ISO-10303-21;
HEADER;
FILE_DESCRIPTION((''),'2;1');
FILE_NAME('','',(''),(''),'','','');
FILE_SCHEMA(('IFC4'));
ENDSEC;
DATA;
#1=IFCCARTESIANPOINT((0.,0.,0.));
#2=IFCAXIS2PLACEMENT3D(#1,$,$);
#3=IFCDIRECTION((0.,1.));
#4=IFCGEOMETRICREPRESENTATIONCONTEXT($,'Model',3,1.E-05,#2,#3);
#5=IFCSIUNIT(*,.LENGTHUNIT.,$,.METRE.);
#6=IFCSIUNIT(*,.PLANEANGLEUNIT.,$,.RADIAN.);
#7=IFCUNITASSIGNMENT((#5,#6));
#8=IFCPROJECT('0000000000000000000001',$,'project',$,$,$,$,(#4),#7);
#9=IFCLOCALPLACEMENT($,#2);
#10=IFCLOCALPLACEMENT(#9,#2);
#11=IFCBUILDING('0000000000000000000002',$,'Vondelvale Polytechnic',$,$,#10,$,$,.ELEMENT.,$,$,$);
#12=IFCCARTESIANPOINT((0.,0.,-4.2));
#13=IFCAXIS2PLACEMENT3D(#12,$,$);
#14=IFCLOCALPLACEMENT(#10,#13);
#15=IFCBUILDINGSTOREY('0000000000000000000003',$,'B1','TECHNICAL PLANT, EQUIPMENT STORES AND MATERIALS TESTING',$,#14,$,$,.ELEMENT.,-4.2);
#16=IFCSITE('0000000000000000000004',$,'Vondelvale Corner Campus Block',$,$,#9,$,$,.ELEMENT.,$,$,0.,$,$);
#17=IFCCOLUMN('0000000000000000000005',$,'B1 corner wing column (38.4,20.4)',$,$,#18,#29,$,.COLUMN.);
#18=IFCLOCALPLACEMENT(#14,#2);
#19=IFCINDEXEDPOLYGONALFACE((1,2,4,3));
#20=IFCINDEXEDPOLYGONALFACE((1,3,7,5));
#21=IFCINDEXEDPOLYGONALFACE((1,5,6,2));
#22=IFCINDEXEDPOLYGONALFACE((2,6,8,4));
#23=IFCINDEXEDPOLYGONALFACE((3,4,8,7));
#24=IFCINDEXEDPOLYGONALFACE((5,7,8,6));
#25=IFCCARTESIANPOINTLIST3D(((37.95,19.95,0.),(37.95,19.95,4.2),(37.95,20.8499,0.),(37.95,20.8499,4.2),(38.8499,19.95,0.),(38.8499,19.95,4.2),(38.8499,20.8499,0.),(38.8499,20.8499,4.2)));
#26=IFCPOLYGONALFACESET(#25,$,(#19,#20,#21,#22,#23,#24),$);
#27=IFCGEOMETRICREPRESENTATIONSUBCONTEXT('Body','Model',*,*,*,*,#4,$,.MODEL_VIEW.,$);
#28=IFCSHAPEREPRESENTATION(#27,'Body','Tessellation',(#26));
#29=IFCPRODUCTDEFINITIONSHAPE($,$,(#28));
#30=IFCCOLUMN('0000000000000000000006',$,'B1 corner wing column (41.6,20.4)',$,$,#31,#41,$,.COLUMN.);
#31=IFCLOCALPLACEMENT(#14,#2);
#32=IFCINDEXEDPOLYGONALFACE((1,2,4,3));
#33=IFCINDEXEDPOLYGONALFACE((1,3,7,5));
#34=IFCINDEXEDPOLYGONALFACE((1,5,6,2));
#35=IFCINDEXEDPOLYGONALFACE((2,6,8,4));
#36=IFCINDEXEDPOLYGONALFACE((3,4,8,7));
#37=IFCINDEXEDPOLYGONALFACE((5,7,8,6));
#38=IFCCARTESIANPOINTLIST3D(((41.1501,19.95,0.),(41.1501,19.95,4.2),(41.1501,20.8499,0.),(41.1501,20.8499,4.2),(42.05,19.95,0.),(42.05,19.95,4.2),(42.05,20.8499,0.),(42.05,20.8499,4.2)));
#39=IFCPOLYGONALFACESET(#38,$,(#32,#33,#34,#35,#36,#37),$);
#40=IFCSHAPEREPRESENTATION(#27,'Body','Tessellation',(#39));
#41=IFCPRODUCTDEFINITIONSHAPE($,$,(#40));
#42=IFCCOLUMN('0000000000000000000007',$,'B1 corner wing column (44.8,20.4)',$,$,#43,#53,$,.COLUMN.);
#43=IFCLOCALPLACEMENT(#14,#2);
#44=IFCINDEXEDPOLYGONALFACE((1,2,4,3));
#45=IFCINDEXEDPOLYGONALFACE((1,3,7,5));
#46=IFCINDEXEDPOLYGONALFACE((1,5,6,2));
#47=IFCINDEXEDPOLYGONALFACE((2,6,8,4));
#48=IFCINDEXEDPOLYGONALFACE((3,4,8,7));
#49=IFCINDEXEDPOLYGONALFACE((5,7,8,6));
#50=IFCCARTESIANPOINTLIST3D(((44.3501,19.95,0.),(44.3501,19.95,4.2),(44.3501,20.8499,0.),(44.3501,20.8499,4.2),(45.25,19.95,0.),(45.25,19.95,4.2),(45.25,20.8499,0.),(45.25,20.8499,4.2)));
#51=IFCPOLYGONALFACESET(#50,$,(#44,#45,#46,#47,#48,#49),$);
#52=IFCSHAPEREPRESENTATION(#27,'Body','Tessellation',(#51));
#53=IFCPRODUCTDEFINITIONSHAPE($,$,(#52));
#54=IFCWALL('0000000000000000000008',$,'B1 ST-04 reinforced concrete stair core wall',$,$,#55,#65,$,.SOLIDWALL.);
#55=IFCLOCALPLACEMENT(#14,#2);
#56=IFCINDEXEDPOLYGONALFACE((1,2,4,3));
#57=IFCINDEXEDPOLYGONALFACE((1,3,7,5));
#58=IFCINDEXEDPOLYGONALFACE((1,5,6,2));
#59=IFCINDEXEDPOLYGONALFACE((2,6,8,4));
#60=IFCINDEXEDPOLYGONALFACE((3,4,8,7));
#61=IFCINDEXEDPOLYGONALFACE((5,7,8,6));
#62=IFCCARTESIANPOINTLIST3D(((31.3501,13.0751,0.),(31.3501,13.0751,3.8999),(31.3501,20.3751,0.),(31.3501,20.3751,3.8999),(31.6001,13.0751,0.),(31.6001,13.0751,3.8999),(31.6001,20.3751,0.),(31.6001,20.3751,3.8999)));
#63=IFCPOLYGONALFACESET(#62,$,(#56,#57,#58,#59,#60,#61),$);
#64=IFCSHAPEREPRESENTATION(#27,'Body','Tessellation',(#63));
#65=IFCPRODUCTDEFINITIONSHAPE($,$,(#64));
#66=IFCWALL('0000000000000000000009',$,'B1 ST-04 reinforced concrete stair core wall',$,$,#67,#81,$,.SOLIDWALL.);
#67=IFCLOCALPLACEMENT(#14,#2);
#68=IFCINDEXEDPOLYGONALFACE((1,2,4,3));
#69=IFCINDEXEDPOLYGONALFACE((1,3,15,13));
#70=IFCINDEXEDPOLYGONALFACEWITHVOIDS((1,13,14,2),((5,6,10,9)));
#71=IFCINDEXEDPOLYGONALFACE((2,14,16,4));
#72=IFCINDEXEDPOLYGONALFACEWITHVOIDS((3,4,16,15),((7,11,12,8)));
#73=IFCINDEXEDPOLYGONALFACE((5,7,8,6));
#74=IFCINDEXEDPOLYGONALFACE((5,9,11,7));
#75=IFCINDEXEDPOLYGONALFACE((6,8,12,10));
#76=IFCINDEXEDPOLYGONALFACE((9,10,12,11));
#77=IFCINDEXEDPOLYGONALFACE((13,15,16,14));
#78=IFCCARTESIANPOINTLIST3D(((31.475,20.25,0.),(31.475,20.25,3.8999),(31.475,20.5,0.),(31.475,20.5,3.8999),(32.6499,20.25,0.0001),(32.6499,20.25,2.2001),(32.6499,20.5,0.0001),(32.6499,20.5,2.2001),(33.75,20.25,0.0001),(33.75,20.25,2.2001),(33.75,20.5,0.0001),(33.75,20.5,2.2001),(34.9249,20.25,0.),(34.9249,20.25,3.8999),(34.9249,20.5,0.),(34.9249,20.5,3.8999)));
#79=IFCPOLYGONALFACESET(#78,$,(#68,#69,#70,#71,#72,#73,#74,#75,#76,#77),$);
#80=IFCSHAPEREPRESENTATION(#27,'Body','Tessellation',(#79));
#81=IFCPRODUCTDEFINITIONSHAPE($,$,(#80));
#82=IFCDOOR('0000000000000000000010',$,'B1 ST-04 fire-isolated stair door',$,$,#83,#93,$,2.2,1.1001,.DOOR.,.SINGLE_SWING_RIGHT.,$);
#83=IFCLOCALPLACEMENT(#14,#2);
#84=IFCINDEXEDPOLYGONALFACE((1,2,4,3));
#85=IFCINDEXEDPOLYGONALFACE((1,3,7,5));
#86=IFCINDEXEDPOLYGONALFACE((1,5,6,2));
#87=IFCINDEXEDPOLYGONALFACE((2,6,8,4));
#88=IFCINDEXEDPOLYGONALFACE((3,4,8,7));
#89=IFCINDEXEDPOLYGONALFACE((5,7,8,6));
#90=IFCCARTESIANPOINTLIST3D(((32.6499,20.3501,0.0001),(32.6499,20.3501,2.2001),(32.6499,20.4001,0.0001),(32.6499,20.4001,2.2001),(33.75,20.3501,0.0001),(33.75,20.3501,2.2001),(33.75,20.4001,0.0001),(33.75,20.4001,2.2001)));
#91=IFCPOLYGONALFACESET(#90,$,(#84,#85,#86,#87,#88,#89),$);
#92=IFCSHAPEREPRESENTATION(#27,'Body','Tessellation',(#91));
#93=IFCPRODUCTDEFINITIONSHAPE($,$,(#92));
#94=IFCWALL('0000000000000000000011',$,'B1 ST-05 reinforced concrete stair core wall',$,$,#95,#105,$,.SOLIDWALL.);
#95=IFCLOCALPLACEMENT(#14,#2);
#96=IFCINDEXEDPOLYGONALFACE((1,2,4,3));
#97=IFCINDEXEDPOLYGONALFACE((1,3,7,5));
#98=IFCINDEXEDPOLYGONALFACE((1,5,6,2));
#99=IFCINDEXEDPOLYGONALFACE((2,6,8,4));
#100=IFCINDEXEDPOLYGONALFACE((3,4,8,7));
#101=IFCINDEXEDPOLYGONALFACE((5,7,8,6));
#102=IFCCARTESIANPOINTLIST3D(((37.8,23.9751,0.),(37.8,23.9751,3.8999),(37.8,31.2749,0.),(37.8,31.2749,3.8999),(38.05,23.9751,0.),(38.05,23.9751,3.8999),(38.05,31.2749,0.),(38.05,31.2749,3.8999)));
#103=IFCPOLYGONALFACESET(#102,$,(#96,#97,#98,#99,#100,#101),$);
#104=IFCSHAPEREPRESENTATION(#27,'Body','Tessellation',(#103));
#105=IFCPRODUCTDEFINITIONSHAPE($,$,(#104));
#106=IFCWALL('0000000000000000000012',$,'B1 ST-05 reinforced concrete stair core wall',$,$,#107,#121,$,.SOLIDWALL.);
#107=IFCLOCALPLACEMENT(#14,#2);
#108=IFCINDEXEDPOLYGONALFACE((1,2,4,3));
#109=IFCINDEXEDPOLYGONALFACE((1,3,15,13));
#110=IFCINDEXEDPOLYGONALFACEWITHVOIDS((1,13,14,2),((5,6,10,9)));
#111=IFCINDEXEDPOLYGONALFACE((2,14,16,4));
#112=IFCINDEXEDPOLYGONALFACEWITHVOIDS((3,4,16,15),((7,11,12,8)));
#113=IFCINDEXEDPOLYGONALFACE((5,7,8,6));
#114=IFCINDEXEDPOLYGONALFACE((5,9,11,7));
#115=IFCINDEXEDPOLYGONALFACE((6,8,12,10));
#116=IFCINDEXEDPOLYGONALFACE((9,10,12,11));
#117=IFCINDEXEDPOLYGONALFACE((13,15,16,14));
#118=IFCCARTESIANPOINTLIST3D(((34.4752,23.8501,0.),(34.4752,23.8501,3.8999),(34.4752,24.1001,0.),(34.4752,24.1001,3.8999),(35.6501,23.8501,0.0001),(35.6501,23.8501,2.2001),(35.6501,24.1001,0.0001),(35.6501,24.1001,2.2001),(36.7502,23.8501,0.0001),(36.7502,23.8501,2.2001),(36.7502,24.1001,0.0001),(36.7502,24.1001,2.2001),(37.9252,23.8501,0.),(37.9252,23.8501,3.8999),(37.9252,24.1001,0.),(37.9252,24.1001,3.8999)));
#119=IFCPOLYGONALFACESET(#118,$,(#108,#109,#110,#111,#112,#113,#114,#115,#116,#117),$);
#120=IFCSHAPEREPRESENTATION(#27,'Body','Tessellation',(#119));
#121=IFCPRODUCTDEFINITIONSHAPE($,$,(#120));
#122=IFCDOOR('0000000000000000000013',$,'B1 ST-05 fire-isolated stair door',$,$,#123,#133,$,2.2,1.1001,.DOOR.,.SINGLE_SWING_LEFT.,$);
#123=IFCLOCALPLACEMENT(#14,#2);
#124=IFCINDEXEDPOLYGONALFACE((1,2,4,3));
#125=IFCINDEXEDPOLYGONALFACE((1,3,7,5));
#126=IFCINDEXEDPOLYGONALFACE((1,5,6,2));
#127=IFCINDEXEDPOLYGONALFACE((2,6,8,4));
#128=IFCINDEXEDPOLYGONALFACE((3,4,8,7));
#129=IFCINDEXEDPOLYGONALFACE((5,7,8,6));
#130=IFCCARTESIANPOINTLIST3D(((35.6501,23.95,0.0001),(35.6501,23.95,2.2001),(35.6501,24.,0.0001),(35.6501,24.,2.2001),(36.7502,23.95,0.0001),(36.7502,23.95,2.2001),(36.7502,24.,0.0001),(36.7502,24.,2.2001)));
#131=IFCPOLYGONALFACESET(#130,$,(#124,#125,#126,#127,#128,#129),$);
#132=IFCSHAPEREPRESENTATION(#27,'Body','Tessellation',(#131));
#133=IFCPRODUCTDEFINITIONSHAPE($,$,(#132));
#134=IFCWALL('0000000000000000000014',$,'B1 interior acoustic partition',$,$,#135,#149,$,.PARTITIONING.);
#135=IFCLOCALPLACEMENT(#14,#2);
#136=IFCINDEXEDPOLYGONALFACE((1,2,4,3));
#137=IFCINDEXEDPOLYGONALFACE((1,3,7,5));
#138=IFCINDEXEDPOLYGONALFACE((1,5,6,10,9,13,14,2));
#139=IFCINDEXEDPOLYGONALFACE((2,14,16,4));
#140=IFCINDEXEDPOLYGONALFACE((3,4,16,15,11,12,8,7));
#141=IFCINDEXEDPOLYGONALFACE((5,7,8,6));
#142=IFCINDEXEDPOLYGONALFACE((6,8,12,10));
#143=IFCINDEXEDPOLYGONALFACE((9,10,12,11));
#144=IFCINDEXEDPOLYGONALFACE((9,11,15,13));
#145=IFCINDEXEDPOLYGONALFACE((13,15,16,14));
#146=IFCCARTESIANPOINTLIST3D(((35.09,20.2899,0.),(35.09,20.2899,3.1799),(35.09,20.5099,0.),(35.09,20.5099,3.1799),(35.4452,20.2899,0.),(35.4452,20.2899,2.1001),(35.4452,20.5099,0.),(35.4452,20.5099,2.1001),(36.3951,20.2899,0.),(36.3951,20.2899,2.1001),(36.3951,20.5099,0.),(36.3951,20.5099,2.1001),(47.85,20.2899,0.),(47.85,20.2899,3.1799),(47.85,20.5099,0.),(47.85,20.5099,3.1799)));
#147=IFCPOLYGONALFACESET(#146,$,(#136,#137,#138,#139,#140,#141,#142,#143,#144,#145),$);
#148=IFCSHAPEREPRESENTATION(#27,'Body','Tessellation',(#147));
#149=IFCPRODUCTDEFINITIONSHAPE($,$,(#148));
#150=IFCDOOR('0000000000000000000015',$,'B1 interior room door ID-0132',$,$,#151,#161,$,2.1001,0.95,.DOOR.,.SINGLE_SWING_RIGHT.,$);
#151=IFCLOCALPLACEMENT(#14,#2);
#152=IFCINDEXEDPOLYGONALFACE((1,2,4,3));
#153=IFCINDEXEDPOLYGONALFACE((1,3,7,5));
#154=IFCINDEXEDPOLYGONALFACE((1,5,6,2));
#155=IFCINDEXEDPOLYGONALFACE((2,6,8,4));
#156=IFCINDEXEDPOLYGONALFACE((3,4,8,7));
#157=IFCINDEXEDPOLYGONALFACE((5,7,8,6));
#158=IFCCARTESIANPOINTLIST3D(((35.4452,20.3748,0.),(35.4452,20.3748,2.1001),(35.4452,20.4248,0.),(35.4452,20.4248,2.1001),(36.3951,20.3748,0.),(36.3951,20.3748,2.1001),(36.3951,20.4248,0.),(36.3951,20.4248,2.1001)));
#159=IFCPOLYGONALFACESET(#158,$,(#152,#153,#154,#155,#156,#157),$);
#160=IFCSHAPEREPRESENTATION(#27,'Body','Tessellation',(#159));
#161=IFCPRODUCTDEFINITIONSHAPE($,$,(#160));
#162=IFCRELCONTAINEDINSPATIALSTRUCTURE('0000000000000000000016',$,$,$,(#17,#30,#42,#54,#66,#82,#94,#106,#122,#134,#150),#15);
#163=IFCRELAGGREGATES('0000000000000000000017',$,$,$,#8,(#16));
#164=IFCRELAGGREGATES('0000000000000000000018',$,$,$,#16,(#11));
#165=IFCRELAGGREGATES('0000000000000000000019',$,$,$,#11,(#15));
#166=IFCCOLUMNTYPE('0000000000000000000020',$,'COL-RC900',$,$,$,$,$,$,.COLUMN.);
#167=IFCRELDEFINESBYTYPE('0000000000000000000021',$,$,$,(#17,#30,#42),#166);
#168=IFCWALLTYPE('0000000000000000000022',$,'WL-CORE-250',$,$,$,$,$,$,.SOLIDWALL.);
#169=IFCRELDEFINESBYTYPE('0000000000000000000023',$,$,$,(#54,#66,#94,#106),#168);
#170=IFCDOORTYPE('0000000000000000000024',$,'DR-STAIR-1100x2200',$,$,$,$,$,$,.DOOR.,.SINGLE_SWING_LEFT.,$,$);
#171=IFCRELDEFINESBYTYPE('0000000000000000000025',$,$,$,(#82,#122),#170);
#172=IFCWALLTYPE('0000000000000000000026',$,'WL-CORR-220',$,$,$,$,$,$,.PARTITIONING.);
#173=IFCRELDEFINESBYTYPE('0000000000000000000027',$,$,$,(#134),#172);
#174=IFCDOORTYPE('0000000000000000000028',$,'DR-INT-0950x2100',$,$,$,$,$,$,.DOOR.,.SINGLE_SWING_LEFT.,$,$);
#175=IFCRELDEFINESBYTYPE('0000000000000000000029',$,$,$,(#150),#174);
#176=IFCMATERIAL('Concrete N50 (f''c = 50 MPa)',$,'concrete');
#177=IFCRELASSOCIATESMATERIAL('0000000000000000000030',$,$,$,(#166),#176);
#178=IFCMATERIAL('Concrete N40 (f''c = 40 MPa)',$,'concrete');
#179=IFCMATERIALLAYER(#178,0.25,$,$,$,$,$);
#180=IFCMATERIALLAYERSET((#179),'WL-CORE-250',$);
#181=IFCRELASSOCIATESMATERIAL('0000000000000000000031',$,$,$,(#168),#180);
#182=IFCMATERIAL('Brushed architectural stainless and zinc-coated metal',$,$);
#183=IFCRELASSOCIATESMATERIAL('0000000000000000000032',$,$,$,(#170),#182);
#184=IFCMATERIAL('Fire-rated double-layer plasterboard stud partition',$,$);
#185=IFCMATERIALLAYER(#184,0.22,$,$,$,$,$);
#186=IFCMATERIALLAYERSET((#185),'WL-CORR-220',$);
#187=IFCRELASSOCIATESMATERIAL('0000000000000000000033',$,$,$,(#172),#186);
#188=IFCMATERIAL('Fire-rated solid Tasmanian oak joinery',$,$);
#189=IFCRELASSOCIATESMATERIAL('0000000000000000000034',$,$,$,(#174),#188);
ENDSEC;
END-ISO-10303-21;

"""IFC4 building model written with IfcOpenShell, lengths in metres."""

from ifc_helpers import new_model, si_unit, direction, frame, frame_2d, origin, origin_2d, place, context, subcontext, project, spatial, rectangle, extrude, material, layer, layer_set, material_profile, profile_set, type_object, element, fill, save


model = new_model("IFC4")

# Units and contexts
model_context = context("Model", 3, precision=1e-05, world=origin(), true_north=direction((0.0, 1.0)))
body_context = subcontext(model_context, "Body", "Model", "MODEL_VIEW")
ifc_project = project(units=[si_unit("LENGTHUNIT", "METRE"), si_unit("PLANEANGLEUNIT", "RADIAN")], contexts=[model_context])

# Site, building, storey
site_placement = place(None, origin())
site = spatial("IfcSite", under=ifc_project, at=site_placement, Name="Vondelvale Corner Campus Block", CompositionType="ELEMENT", RefElevation=0.0)
building_placement = place(site_placement, origin())
building = spatial("IfcBuilding", under=site, at=building_placement, Name="Vondelvale Polytechnic", CompositionType="ELEMENT")
storey_placement = place(building_placement, frame((0.0, 0.0, -4.2)))
storey = spatial("IfcBuildingStorey", under=building, at=storey_placement, Name="B1", Description="TECHNICAL PLANT, EQUIPMENT STORES AND MATERIALS TESTING", CompositionType="ELEMENT", Elevation=-4.2)

# Shared definitions
ifc_material_1 = material(Name="Concrete N40 (f'c = 40 MPa)", Category="concrete")

# Columns
ifc_material_2 = material(Name="Concrete N50 (f'c = 50 MPa)", Category="concrete")
ifc_material_profile_1 = material_profile(ifc_material_2, rectangle(XDim=0.8999, YDim=0.8999, at=origin_2d()), Name="RC-COL-900x900")
ifc_profile_set_1 = profile_set([ifc_material_profile_1], Name="Concrete N50 (f'c = 50 MPa)")
column_type = type_object("IfcColumnType", Name="COL-RC900", PredefinedType="COLUMN", material=ifc_profile_set_1)
for number, where, z_axis, x_axis, name in (
    (1, (38.3999, 20.3999, 0.0), (0.0, 0.0, 1.0), (1.0, 0.0, 0.0), "B1 corner wing column (38.4,20.4)"),
    (2, (41.6001, 20.3999, 0.0), (0.0, 0.0, 1.0), (1.0, 0.0, 0.0), "B1 corner wing column (41.6,20.4)"),
    (3, (44.8, 20.3999, 0.0), (0.0, 0.0, 1.0), (1.0, 0.0, 0.0), "B1 corner wing column (44.8,20.4)"),
):
    element("IfcColumn", number, at=place(storey_placement, frame(where, z_axis=z_axis, x_axis=x_axis)), inside=storey, type_object=column_type, Name=name, PredefinedType="COLUMN", context=body_context, shape_type="SweptSolid", body=[
        extrude(rectangle(XDim=0.8999, YDim=0.8999, at=origin_2d()), origin(), (0.0, 0.0, 1.0), 4.2),
    ])

# Wall
ifc_layer_1 = layer(ifc_material_1, 0.25)
ifc_layer_set_1 = layer_set([ifc_layer_1], Name="WL-CORE-250")
wall_type_1 = type_object("IfcWallType", Name="WL-CORE-250", PredefinedType="SOLIDWALL", material=ifc_layer_set_1)
wall_1_placement = place(storey_placement, frame((31.4751, 20.375, 0.0), z_axis=(0.0, 0.0, 1.0), x_axis=(0.0, -1.0, 0.0)))
element("IfcWall", 4, at=wall_1_placement, inside=storey, type_object=wall_type_1, Name="B1 ST-04 reinforced concrete stair core wall", PredefinedType="SOLIDWALL", context=body_context, shape_type="SweptSolid", body=[
    extrude(rectangle(XDim=7.3, YDim=0.25, at=frame_2d((3.6499, 0.0))), origin(), (0.0, 0.0, 1.0), 3.8999),
])

# Wall, opening, door
wall_2_placement = place(storey_placement, frame((34.925, 20.375, 0.0), z_axis=(0.0, 0.0, 1.0), x_axis=(-1.0, 0.0, 0.0)))
wall_2 = element("IfcWall", 5, at=wall_2_placement, inside=storey, type_object=wall_type_1, Name="B1 ST-04 reinforced concrete stair core wall", PredefinedType="SOLIDWALL", context=body_context, shape_type="SweptSolid", body=[
    extrude(rectangle(XDim=3.45, YDim=0.25, at=frame_2d((1.7251, 0.0))), origin(), (0.0, 0.0, 1.0), 3.8999),
])
opening_1_placement = place(wall_2_placement, frame((1.175, 0.0, 0.0)))
opening_1 = element("IfcOpeningElement", 6, at=opening_1_placement, cuts=wall_2, PredefinedType="OPENING", context=body_context, shape_type="SweptSolid", body=[
    extrude(rectangle(XDim=1.1001, YDim=2.2, at=frame_2d((0.55, 1.1001))), frame((0.0, 0.135, 0.0), z_axis=(0.0, -1.0, 0.0), x_axis=(1.0, 0.0, 0.0)), (0.0, 0.0, 1.0), 0.27),
])
ifc_material_3 = material(Name="Brushed architectural stainless and zinc-coated metal")
door_type_1 = type_object("IfcDoorType", Name="DR-STAIR-1100x2200", OperationType="SINGLE_SWING_LEFT", PredefinedType="DOOR", material=ifc_material_3)
door_1_placement = place(opening_1_placement, origin())
door_1 = element("IfcDoor", 7, at=door_1_placement, inside=storey, type_object=door_type_1, Name="B1 ST-04 fire-isolated stair door", OperationType="SINGLE_SWING_RIGHT", OverallHeight=2.2, OverallWidth=1.1001, PredefinedType="DOOR", context=body_context, shape_type="SweptSolid", body=[
    extrude(rectangle(XDim=1.1001, YDim=2.2, at=frame_2d((0.55, 1.1001))), frame((0.0, 0.0249, 0.0), z_axis=(0.0, -1.0, 0.0), x_axis=(1.0, 0.0, 0.0)), (0.0, 0.0, 1.0), 0.05),
])
fill(opening_1, door_1)

# Wall
wall_3_placement = place(storey_placement, frame((37.925, 23.9751, 0.0), z_axis=(0.0, 0.0, 1.0), x_axis=(0.0, 1.0, 0.0)))
element("IfcWall", 8, at=wall_3_placement, inside=storey, type_object=wall_type_1, Name="B1 ST-05 reinforced concrete stair core wall", PredefinedType="SOLIDWALL", context=body_context, shape_type="SweptSolid", body=[
    extrude(rectangle(XDim=7.2998, YDim=0.25, at=frame_2d((3.6499, 0.0))), origin(), (0.0, 0.0, 1.0), 3.8999),
])

# Walls, openings, doors
wall_4_placement = place(storey_placement, frame((34.4751, 23.9751, 0.0), z_axis=(0.0, 0.0, 1.0), x_axis=(1.0, 0.0, 0.0)))
wall_4 = element("IfcWall", 9, at=wall_4_placement, inside=storey, type_object=wall_type_1, Name="B1 ST-05 reinforced concrete stair core wall", PredefinedType="SOLIDWALL", context=body_context, shape_type="SweptSolid", body=[
    extrude(rectangle(XDim=3.45, YDim=0.25, at=frame_2d((1.7251, 0.0))), origin(), (0.0, 0.0, 1.0), 3.8999),
])
opening_2_placement = place(wall_4_placement, frame((1.175, 0.0, 0.0)))
opening_2 = element("IfcOpeningElement", 10, at=opening_2_placement, cuts=wall_4, PredefinedType="OPENING", context=body_context, shape_type="SweptSolid", body=[
    extrude(rectangle(XDim=1.1001, YDim=2.2, at=frame_2d((0.55, 1.1001))), frame((0.0, 0.135, 0.0), z_axis=(0.0, -1.0, 0.0), x_axis=(1.0, 0.0, 0.0)), (0.0, 0.0, 1.0), 0.27),
])
door_2_placement = place(opening_2_placement, origin())
door_2 = element("IfcDoor", 11, at=door_2_placement, inside=storey, type_object=door_type_1, Name="B1 ST-05 fire-isolated stair door", OperationType="SINGLE_SWING_LEFT", OverallHeight=2.2, OverallWidth=1.1001, PredefinedType="DOOR", context=body_context, shape_type="SweptSolid", body=[
    extrude(rectangle(XDim=1.1001, YDim=2.2, at=frame_2d((0.55, 1.1001))), frame((0.0, 0.0249, 0.0), z_axis=(0.0, -1.0, 0.0), x_axis=(1.0, 0.0, 0.0)), (0.0, 0.0, 1.0), 0.05),
])
fill(opening_2, door_2)
ifc_material_4 = material(Name="Fire-rated double-layer plasterboard stud partition")
ifc_layer_2 = layer(ifc_material_4, 0.22)
ifc_layer_set_2 = layer_set([ifc_layer_2], Name="WL-CORR-220")
wall_type_2 = type_object("IfcWallType", Name="WL-CORR-220", PredefinedType="PARTITIONING", material=ifc_layer_set_2)
wall_5_placement = place(storey_placement, frame((35.0901, 20.3999, 0.0), z_axis=(0.0, 0.0, 1.0), x_axis=(1.0, 0.0, 0.0)))
wall_5 = element("IfcWall", 12, at=wall_5_placement, inside=storey, type_object=wall_type_2, Name="B1 interior acoustic partition", PredefinedType="PARTITIONING", context=body_context, shape_type="SweptSolid", body=[
    extrude(rectangle(XDim=12.76, YDim=0.22, at=frame_2d((6.3799, 0.0))), origin(), (0.0, 0.0, 1.0), 3.1799),
])
opening_3_placement = place(wall_5_placement, frame((0.355, 0.0, 0.0)))
opening_3 = element("IfcOpeningElement", 13, at=opening_3_placement, cuts=wall_5, PredefinedType="OPENING", context=body_context, shape_type="SweptSolid", body=[
    extrude(rectangle(XDim=0.95, YDim=2.1001, at=frame_2d((0.4751, 1.05))), frame((0.0, 0.1199, 0.0), z_axis=(0.0, -1.0, 0.0), x_axis=(1.0, 0.0, 0.0)), (0.0, 0.0, 1.0), 0.24),
])
ifc_material_5 = material(Name="Fire-rated solid Tasmanian oak joinery")
door_type_2 = type_object("IfcDoorType", Name="DR-INT-0950x2100", OperationType="SINGLE_SWING_LEFT", PredefinedType="DOOR", material=ifc_material_5)
door_3_placement = place(opening_3_placement, origin())
door_3 = element("IfcDoor", 14, at=door_3_placement, inside=storey, type_object=door_type_2, Name="B1 interior room door ID-0132", OperationType="SINGLE_SWING_RIGHT", OverallHeight=2.1001, OverallWidth=0.95, PredefinedType="DOOR", context=body_context, shape_type="SweptSolid", body=[
    extrude(rectangle(XDim=0.95, YDim=2.1001, at=frame_2d((0.4751, 1.05))), frame((0.0, 0.0249, 0.0), z_axis=(0.0, -1.0, 0.0), x_axis=(1.0, 0.0, 0.0)), (0.0, 0.0, 1.0), 0.05),
])
fill(opening_3, door_3)

save(model, "model.ifc")
